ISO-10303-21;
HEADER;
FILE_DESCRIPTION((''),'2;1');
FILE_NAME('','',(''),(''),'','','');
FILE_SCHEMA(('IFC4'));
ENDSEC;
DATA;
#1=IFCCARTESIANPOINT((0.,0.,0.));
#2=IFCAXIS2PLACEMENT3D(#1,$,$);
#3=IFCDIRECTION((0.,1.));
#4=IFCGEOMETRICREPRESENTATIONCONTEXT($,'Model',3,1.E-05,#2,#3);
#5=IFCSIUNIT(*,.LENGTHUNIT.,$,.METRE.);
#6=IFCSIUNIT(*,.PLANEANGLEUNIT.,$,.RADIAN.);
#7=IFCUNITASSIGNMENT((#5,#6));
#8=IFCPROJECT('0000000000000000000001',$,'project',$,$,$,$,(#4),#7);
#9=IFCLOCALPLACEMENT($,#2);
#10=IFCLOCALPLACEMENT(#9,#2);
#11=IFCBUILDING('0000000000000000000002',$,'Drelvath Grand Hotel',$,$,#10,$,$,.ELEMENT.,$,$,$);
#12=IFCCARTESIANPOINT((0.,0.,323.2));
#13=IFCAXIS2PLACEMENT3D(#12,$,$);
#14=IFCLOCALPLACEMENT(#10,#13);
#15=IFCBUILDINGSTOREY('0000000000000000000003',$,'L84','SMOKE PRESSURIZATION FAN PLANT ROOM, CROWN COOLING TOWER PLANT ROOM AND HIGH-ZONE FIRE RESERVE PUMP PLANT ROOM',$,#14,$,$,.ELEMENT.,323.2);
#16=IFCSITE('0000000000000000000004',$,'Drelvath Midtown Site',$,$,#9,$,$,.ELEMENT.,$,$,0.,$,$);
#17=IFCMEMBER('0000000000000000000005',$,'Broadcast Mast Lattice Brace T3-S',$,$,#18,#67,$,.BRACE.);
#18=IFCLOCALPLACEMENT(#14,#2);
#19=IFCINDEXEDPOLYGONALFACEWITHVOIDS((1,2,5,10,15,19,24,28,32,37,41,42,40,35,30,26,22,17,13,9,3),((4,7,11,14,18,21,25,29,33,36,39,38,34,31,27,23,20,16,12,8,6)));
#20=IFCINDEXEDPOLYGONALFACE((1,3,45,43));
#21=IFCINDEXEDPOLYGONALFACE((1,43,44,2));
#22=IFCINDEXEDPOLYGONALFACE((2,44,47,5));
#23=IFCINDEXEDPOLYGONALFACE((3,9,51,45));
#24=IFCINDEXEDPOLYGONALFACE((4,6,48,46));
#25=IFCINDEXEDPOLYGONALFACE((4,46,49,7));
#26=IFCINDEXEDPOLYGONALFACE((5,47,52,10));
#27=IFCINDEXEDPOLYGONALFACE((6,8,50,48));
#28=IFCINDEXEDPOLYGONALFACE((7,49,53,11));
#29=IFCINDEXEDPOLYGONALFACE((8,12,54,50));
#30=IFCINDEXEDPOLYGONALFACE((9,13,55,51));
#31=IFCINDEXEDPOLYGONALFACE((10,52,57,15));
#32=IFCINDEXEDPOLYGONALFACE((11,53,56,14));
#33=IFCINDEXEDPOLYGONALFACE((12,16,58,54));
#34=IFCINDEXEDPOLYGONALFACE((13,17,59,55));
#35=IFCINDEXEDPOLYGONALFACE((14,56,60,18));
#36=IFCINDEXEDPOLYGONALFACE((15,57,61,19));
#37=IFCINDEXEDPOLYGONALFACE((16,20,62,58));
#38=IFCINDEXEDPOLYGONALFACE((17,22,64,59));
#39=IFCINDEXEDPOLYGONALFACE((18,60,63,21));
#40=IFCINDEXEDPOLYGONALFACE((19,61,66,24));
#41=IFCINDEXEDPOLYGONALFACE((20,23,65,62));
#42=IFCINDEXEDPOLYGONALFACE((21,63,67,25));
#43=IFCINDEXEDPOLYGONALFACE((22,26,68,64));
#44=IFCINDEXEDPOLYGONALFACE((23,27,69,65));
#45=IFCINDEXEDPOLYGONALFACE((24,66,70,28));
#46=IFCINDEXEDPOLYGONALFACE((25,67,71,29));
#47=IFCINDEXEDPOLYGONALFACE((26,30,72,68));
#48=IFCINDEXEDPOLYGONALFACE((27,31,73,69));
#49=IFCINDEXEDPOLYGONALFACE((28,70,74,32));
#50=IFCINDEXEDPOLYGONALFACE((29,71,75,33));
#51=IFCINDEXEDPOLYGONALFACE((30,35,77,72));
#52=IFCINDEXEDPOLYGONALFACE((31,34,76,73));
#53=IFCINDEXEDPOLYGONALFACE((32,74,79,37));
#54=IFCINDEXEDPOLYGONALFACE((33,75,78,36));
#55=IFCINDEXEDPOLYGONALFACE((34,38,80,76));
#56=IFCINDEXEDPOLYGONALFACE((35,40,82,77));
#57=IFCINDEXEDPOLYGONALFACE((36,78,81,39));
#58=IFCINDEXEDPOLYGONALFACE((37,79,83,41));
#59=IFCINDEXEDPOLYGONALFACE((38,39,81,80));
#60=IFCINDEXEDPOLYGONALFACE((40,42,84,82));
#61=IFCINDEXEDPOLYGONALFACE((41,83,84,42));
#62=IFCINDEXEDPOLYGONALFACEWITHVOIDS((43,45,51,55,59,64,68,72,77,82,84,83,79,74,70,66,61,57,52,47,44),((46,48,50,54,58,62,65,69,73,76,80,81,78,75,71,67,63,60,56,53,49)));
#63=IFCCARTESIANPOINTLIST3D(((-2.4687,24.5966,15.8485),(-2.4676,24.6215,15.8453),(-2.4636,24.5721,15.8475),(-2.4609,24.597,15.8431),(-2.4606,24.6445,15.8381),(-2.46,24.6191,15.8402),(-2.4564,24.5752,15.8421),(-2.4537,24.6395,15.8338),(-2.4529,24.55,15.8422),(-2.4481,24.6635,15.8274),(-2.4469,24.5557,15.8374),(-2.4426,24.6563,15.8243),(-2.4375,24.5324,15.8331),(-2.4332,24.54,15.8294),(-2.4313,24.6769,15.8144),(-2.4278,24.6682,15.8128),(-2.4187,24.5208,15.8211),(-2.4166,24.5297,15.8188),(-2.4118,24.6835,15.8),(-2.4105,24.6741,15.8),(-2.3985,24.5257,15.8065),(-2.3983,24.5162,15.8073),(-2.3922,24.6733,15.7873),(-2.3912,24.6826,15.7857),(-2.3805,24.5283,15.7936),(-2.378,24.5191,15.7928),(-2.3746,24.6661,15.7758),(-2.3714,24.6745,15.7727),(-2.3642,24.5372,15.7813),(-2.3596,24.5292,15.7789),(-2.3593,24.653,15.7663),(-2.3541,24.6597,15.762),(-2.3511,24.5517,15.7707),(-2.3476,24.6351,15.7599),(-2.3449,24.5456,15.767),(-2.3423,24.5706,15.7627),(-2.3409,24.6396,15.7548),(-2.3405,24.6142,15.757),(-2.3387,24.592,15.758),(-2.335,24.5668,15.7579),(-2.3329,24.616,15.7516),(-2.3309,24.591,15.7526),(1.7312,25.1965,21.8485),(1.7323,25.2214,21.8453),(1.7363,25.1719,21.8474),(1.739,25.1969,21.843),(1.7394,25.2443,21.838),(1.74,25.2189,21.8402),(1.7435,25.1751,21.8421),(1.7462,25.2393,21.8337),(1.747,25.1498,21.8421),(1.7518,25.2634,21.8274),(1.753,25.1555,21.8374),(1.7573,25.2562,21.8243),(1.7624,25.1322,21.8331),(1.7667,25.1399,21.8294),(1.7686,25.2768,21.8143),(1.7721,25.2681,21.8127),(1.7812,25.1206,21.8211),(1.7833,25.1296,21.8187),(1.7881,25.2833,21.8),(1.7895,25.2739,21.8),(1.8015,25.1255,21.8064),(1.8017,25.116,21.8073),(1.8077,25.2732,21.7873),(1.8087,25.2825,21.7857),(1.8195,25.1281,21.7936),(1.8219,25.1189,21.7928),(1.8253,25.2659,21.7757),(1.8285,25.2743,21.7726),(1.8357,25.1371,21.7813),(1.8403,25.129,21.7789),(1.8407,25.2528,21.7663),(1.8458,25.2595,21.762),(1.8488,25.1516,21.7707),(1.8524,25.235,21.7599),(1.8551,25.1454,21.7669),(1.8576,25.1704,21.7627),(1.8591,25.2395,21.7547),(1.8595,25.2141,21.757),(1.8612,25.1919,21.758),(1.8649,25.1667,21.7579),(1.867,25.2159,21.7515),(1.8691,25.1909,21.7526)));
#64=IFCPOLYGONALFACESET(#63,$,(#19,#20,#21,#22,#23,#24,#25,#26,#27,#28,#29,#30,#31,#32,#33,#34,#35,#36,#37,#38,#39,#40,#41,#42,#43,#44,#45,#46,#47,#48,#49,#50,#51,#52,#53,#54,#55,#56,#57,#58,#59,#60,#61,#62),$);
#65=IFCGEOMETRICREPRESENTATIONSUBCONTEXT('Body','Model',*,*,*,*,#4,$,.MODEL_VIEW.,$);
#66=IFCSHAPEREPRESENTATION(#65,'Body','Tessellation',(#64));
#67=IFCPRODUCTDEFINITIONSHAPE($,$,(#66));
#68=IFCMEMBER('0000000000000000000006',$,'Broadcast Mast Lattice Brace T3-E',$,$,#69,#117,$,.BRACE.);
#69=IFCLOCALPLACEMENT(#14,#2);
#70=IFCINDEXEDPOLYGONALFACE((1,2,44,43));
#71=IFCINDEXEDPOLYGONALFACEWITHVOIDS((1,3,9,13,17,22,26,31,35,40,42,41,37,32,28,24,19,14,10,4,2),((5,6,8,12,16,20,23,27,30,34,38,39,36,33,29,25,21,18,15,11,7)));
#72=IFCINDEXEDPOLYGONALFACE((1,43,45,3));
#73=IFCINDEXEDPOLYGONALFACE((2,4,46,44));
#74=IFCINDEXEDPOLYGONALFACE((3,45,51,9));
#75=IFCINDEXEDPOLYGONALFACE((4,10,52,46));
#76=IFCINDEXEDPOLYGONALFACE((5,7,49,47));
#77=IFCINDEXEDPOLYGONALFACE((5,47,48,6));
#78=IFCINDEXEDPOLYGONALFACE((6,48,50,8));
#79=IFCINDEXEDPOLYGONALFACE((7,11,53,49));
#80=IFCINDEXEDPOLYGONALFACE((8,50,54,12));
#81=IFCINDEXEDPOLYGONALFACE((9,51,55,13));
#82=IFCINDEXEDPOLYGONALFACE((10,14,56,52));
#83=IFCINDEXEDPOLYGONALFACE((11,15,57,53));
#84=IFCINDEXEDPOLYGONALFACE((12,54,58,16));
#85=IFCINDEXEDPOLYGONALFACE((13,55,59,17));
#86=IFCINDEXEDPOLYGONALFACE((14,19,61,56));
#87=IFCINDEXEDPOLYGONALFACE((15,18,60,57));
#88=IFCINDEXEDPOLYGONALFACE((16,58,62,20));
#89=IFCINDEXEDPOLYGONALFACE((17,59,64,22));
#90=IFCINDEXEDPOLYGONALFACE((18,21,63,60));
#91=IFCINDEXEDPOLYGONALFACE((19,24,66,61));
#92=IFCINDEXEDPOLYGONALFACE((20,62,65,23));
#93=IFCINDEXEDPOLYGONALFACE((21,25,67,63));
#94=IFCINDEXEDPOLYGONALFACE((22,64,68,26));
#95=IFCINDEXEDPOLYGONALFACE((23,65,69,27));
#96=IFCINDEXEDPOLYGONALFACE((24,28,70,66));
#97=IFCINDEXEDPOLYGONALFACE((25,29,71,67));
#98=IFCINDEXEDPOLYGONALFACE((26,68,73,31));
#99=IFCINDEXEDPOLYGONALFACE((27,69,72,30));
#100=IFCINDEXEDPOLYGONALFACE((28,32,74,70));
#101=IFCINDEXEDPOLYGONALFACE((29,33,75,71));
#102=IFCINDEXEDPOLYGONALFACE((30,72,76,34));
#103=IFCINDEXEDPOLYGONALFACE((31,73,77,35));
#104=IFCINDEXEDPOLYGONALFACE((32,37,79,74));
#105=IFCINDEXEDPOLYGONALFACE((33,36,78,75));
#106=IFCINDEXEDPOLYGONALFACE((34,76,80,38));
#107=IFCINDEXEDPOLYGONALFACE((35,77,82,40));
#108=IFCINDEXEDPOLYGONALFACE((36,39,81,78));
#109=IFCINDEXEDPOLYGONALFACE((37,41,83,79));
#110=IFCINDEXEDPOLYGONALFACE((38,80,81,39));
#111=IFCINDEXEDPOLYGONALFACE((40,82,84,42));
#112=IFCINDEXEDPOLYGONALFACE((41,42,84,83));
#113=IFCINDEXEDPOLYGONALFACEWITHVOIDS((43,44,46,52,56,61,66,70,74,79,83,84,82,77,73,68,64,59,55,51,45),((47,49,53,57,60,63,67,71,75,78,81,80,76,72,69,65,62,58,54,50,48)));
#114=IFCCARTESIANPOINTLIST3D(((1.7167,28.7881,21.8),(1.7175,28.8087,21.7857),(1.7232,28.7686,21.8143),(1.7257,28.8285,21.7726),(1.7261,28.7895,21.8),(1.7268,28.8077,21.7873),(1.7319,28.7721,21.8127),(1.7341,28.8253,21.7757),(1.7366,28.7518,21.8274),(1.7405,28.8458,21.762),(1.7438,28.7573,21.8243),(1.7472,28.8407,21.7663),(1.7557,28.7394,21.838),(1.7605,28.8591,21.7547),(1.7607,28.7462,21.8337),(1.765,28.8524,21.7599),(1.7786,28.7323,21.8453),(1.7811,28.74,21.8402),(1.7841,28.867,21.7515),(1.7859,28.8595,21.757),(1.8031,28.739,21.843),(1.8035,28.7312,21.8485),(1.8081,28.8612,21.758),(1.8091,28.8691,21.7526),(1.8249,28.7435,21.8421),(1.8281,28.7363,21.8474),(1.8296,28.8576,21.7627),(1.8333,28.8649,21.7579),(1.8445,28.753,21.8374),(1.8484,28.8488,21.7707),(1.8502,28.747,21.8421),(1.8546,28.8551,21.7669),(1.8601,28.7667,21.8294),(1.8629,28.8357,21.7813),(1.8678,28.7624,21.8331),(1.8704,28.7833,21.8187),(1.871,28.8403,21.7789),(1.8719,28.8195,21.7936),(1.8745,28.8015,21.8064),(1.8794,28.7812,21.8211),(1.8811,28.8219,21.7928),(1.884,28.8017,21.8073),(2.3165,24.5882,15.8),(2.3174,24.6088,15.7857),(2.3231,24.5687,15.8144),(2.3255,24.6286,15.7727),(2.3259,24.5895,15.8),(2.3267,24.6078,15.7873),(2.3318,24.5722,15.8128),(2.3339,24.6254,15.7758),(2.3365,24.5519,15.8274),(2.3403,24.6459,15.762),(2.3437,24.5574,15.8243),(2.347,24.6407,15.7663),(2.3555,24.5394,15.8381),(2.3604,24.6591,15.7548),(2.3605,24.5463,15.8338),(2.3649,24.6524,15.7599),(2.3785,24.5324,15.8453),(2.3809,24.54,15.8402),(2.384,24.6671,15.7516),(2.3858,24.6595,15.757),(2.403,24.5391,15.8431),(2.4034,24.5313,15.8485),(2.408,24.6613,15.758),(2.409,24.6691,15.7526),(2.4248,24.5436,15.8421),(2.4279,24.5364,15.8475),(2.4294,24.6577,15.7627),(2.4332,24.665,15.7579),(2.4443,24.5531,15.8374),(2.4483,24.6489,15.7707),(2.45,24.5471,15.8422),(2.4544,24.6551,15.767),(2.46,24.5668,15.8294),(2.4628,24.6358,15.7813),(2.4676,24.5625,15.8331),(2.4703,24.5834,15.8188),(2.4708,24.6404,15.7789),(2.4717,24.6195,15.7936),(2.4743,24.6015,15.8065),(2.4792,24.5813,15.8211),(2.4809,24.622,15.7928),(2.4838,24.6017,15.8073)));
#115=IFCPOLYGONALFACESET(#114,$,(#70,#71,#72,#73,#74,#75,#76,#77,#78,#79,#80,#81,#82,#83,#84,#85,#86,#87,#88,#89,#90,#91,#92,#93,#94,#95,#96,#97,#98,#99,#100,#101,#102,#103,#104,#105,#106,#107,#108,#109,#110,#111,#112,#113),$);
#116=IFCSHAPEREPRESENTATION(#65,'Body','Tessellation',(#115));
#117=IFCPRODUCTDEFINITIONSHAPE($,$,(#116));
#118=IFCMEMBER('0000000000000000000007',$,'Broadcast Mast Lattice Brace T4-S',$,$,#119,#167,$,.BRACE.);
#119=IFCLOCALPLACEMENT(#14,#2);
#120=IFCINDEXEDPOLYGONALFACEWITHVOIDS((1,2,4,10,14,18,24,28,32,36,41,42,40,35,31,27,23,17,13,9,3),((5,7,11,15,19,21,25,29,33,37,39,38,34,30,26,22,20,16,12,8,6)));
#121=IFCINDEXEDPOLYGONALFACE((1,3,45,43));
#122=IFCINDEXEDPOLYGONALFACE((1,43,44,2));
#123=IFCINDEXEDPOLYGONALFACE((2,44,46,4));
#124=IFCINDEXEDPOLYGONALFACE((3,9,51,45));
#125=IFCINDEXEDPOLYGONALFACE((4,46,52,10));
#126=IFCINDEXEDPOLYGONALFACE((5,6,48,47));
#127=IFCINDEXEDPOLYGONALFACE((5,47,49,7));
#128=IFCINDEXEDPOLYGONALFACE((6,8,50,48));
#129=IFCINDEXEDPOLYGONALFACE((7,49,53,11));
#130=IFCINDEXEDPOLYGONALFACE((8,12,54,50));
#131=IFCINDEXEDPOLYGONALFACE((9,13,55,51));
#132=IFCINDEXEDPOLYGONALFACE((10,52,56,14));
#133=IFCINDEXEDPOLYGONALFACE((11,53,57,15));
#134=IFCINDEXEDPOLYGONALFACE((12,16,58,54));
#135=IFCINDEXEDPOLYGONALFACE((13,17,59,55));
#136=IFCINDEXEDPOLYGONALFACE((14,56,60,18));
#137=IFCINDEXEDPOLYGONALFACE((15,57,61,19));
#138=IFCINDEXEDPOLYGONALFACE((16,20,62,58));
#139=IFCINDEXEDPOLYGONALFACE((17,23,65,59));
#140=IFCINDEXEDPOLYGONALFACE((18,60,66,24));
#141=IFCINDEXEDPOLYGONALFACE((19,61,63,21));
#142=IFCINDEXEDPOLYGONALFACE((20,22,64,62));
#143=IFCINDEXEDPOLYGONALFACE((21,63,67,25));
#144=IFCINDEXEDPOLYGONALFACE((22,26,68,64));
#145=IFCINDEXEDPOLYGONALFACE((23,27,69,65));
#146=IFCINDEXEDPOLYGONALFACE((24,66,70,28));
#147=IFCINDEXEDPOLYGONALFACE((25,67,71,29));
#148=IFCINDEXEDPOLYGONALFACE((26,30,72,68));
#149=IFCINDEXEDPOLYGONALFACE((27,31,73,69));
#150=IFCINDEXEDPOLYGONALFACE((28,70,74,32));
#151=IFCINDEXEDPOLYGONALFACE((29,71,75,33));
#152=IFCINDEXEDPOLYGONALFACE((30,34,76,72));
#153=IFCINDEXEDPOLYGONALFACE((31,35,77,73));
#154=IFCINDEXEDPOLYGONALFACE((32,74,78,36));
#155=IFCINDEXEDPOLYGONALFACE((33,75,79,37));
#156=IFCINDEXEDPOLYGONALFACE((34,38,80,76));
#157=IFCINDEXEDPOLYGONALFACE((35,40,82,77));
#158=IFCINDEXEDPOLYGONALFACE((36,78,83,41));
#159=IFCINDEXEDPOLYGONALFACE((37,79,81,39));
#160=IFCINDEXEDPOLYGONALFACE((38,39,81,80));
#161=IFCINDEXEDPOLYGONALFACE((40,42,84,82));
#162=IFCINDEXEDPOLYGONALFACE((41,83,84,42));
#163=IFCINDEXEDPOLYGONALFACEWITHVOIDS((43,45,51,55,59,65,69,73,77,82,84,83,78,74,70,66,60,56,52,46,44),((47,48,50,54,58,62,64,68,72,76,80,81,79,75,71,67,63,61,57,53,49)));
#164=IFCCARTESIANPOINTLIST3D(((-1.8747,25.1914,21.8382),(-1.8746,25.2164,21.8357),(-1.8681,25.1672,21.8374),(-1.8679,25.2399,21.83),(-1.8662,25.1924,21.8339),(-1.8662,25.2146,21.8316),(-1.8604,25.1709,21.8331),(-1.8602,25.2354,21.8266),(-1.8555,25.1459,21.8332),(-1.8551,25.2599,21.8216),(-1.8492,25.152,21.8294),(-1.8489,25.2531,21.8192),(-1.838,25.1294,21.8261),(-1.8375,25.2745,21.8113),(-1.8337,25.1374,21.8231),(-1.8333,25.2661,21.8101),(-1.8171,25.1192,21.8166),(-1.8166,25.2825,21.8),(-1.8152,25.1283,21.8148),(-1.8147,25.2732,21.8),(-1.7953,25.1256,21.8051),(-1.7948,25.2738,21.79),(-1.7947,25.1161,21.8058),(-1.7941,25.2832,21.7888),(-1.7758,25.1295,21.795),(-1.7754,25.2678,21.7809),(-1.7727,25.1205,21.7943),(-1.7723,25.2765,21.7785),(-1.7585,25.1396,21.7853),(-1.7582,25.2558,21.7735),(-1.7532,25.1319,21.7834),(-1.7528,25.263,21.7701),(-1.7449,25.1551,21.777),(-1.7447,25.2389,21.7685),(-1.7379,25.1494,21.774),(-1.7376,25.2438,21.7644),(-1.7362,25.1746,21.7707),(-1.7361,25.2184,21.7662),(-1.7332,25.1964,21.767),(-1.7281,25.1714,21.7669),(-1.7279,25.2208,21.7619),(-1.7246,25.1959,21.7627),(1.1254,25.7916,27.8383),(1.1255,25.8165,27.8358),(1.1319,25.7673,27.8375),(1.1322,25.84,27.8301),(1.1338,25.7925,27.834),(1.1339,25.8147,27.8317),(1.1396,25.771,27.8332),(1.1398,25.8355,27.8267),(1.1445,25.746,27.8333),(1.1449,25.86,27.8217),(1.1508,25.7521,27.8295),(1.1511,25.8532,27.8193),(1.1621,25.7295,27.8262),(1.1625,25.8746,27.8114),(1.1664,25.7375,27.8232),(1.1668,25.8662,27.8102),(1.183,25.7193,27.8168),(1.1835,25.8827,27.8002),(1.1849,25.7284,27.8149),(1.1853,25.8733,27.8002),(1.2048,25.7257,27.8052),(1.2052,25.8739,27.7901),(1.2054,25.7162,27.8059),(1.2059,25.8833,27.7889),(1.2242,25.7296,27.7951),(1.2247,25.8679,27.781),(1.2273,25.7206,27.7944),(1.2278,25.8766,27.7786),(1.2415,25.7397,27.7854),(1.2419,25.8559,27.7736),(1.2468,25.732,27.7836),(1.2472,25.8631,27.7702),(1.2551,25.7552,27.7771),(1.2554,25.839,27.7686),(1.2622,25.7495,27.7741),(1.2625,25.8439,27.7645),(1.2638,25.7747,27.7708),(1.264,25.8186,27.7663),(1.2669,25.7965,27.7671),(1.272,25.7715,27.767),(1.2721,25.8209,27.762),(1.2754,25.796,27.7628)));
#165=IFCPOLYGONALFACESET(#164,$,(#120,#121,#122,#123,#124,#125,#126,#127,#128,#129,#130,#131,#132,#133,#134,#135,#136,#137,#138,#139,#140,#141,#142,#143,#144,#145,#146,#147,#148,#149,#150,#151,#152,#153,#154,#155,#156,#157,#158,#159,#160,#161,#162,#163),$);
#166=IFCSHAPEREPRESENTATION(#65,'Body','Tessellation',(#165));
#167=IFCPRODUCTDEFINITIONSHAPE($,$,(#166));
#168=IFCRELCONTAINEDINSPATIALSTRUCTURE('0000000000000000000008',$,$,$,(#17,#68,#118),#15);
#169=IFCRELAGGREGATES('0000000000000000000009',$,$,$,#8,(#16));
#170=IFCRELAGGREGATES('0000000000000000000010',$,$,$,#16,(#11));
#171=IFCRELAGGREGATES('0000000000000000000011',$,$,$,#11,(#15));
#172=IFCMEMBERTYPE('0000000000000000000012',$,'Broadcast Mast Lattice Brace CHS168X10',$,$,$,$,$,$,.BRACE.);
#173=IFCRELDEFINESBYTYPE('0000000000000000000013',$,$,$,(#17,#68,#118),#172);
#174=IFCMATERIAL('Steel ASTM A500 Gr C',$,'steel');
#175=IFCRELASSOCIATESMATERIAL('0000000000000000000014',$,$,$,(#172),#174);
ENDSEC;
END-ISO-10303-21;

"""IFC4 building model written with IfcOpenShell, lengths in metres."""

from ifc_helpers import new_model, si_unit, direction, frame, origin, origin_2d, place, context, subcontext, project, spatial, hollow_circle, extrude, material, material_profile, profile_set, type_object, element, save


model = new_model("IFC4")

# Units and contexts
model_context = context("Model", 3, precision=1e-05, world=origin(), true_north=direction((0.0, 1.0)))
body_context = subcontext(model_context, "Body", "Model", "MODEL_VIEW")
ifc_project = project(units=[si_unit("LENGTHUNIT", "METRE"), si_unit("PLANEANGLEUNIT", "RADIAN")], contexts=[model_context])

# Site, building, storey
site_placement = place(None, origin())
site = spatial("IfcSite", under=ifc_project, at=site_placement, Name="Drelvath Midtown Site", CompositionType="ELEMENT", RefElevation=0.0)
building_placement = place(site_placement, origin())
building = spatial("IfcBuilding", under=site, at=building_placement, Name="Drelvath Grand Hotel", CompositionType="ELEMENT")
storey_placement = place(building_placement, frame((0.0, 0.0, 323.2)))
storey = spatial("IfcBuildingStorey", under=building, at=storey_placement, Name="L84", Description="SMOKE PRESSURIZATION FAN PLANT ROOM, CROWN COOLING TOWER PLANT ROOM AND HIGH-ZONE FIRE RESERVE PUMP PLANT ROOM", CompositionType="ELEMENT", Elevation=323.2)

# Members
ifc_material_1 = material(Name="Steel ASTM A500 Gr C", Category="steel")
ifc_material_profile_1 = material_profile(ifc_material_1, hollow_circle(Radius=0.0842, WallThickness=0.0095, at=origin_2d()), Name="CHS168X10")
ifc_profile_set_1 = profile_set([ifc_material_profile_1], Name="Steel ASTM A500 Gr C")
member_type_1 = type_object("IfcMemberType", Name="Broadcast Mast Lattice Brace CHS168X10", PredefinedType="BRACE", material=ifc_profile_set_1)
for number, where, z_axis, x_axis, name in (
    (1, (-2.3999, 24.6001, 15.8), (0.571544, 0.08163, 0.816501), (-0.141389, 0.989954, 0.0), "Broadcast Mast Lattice Brace T3-S"),
    (2, (2.3999, 24.6001, 15.8), (-0.08163, 0.571544, 0.816501), (-0.989954, -0.141389, 0.0), "Broadcast Mast Lattice Brace T3-E"),
):
    element("IfcMember", number, at=place(storey_placement, frame(where, z_axis=z_axis, x_axis=x_axis)), inside=storey, type_object=member_type_1, Name=name, PredefinedType="BRACE", context=body_context, shape_type="SweptSolid", body=[
        extrude(hollow_circle(Radius=0.0842, WallThickness=0.0095, at=origin_2d()), origin(), (0.0, 0.0, 1.0), 7.3484),
    ])
for number, where, z_axis, x_axis, name in (
    (3, (-1.8, 25.2, 21.8), (0.445435, 0.089101, 0.89087), (-0.196147, 0.980575, 0.0), "Broadcast Mast Lattice Brace T4-S"),
):
    element("IfcMember", number, at=place(storey_placement, frame(where, z_axis=z_axis, x_axis=x_axis)), inside=storey, type_object=member_type_1, Name=name, PredefinedType="BRACE", context=body_context, shape_type="SweptSolid", body=[
        extrude(hollow_circle(Radius=0.0842, WallThickness=0.0095, at=origin_2d()), origin(), (0.0, 0.0, 1.0), 6.7351),
    ])

save(model, "model.ifc")
